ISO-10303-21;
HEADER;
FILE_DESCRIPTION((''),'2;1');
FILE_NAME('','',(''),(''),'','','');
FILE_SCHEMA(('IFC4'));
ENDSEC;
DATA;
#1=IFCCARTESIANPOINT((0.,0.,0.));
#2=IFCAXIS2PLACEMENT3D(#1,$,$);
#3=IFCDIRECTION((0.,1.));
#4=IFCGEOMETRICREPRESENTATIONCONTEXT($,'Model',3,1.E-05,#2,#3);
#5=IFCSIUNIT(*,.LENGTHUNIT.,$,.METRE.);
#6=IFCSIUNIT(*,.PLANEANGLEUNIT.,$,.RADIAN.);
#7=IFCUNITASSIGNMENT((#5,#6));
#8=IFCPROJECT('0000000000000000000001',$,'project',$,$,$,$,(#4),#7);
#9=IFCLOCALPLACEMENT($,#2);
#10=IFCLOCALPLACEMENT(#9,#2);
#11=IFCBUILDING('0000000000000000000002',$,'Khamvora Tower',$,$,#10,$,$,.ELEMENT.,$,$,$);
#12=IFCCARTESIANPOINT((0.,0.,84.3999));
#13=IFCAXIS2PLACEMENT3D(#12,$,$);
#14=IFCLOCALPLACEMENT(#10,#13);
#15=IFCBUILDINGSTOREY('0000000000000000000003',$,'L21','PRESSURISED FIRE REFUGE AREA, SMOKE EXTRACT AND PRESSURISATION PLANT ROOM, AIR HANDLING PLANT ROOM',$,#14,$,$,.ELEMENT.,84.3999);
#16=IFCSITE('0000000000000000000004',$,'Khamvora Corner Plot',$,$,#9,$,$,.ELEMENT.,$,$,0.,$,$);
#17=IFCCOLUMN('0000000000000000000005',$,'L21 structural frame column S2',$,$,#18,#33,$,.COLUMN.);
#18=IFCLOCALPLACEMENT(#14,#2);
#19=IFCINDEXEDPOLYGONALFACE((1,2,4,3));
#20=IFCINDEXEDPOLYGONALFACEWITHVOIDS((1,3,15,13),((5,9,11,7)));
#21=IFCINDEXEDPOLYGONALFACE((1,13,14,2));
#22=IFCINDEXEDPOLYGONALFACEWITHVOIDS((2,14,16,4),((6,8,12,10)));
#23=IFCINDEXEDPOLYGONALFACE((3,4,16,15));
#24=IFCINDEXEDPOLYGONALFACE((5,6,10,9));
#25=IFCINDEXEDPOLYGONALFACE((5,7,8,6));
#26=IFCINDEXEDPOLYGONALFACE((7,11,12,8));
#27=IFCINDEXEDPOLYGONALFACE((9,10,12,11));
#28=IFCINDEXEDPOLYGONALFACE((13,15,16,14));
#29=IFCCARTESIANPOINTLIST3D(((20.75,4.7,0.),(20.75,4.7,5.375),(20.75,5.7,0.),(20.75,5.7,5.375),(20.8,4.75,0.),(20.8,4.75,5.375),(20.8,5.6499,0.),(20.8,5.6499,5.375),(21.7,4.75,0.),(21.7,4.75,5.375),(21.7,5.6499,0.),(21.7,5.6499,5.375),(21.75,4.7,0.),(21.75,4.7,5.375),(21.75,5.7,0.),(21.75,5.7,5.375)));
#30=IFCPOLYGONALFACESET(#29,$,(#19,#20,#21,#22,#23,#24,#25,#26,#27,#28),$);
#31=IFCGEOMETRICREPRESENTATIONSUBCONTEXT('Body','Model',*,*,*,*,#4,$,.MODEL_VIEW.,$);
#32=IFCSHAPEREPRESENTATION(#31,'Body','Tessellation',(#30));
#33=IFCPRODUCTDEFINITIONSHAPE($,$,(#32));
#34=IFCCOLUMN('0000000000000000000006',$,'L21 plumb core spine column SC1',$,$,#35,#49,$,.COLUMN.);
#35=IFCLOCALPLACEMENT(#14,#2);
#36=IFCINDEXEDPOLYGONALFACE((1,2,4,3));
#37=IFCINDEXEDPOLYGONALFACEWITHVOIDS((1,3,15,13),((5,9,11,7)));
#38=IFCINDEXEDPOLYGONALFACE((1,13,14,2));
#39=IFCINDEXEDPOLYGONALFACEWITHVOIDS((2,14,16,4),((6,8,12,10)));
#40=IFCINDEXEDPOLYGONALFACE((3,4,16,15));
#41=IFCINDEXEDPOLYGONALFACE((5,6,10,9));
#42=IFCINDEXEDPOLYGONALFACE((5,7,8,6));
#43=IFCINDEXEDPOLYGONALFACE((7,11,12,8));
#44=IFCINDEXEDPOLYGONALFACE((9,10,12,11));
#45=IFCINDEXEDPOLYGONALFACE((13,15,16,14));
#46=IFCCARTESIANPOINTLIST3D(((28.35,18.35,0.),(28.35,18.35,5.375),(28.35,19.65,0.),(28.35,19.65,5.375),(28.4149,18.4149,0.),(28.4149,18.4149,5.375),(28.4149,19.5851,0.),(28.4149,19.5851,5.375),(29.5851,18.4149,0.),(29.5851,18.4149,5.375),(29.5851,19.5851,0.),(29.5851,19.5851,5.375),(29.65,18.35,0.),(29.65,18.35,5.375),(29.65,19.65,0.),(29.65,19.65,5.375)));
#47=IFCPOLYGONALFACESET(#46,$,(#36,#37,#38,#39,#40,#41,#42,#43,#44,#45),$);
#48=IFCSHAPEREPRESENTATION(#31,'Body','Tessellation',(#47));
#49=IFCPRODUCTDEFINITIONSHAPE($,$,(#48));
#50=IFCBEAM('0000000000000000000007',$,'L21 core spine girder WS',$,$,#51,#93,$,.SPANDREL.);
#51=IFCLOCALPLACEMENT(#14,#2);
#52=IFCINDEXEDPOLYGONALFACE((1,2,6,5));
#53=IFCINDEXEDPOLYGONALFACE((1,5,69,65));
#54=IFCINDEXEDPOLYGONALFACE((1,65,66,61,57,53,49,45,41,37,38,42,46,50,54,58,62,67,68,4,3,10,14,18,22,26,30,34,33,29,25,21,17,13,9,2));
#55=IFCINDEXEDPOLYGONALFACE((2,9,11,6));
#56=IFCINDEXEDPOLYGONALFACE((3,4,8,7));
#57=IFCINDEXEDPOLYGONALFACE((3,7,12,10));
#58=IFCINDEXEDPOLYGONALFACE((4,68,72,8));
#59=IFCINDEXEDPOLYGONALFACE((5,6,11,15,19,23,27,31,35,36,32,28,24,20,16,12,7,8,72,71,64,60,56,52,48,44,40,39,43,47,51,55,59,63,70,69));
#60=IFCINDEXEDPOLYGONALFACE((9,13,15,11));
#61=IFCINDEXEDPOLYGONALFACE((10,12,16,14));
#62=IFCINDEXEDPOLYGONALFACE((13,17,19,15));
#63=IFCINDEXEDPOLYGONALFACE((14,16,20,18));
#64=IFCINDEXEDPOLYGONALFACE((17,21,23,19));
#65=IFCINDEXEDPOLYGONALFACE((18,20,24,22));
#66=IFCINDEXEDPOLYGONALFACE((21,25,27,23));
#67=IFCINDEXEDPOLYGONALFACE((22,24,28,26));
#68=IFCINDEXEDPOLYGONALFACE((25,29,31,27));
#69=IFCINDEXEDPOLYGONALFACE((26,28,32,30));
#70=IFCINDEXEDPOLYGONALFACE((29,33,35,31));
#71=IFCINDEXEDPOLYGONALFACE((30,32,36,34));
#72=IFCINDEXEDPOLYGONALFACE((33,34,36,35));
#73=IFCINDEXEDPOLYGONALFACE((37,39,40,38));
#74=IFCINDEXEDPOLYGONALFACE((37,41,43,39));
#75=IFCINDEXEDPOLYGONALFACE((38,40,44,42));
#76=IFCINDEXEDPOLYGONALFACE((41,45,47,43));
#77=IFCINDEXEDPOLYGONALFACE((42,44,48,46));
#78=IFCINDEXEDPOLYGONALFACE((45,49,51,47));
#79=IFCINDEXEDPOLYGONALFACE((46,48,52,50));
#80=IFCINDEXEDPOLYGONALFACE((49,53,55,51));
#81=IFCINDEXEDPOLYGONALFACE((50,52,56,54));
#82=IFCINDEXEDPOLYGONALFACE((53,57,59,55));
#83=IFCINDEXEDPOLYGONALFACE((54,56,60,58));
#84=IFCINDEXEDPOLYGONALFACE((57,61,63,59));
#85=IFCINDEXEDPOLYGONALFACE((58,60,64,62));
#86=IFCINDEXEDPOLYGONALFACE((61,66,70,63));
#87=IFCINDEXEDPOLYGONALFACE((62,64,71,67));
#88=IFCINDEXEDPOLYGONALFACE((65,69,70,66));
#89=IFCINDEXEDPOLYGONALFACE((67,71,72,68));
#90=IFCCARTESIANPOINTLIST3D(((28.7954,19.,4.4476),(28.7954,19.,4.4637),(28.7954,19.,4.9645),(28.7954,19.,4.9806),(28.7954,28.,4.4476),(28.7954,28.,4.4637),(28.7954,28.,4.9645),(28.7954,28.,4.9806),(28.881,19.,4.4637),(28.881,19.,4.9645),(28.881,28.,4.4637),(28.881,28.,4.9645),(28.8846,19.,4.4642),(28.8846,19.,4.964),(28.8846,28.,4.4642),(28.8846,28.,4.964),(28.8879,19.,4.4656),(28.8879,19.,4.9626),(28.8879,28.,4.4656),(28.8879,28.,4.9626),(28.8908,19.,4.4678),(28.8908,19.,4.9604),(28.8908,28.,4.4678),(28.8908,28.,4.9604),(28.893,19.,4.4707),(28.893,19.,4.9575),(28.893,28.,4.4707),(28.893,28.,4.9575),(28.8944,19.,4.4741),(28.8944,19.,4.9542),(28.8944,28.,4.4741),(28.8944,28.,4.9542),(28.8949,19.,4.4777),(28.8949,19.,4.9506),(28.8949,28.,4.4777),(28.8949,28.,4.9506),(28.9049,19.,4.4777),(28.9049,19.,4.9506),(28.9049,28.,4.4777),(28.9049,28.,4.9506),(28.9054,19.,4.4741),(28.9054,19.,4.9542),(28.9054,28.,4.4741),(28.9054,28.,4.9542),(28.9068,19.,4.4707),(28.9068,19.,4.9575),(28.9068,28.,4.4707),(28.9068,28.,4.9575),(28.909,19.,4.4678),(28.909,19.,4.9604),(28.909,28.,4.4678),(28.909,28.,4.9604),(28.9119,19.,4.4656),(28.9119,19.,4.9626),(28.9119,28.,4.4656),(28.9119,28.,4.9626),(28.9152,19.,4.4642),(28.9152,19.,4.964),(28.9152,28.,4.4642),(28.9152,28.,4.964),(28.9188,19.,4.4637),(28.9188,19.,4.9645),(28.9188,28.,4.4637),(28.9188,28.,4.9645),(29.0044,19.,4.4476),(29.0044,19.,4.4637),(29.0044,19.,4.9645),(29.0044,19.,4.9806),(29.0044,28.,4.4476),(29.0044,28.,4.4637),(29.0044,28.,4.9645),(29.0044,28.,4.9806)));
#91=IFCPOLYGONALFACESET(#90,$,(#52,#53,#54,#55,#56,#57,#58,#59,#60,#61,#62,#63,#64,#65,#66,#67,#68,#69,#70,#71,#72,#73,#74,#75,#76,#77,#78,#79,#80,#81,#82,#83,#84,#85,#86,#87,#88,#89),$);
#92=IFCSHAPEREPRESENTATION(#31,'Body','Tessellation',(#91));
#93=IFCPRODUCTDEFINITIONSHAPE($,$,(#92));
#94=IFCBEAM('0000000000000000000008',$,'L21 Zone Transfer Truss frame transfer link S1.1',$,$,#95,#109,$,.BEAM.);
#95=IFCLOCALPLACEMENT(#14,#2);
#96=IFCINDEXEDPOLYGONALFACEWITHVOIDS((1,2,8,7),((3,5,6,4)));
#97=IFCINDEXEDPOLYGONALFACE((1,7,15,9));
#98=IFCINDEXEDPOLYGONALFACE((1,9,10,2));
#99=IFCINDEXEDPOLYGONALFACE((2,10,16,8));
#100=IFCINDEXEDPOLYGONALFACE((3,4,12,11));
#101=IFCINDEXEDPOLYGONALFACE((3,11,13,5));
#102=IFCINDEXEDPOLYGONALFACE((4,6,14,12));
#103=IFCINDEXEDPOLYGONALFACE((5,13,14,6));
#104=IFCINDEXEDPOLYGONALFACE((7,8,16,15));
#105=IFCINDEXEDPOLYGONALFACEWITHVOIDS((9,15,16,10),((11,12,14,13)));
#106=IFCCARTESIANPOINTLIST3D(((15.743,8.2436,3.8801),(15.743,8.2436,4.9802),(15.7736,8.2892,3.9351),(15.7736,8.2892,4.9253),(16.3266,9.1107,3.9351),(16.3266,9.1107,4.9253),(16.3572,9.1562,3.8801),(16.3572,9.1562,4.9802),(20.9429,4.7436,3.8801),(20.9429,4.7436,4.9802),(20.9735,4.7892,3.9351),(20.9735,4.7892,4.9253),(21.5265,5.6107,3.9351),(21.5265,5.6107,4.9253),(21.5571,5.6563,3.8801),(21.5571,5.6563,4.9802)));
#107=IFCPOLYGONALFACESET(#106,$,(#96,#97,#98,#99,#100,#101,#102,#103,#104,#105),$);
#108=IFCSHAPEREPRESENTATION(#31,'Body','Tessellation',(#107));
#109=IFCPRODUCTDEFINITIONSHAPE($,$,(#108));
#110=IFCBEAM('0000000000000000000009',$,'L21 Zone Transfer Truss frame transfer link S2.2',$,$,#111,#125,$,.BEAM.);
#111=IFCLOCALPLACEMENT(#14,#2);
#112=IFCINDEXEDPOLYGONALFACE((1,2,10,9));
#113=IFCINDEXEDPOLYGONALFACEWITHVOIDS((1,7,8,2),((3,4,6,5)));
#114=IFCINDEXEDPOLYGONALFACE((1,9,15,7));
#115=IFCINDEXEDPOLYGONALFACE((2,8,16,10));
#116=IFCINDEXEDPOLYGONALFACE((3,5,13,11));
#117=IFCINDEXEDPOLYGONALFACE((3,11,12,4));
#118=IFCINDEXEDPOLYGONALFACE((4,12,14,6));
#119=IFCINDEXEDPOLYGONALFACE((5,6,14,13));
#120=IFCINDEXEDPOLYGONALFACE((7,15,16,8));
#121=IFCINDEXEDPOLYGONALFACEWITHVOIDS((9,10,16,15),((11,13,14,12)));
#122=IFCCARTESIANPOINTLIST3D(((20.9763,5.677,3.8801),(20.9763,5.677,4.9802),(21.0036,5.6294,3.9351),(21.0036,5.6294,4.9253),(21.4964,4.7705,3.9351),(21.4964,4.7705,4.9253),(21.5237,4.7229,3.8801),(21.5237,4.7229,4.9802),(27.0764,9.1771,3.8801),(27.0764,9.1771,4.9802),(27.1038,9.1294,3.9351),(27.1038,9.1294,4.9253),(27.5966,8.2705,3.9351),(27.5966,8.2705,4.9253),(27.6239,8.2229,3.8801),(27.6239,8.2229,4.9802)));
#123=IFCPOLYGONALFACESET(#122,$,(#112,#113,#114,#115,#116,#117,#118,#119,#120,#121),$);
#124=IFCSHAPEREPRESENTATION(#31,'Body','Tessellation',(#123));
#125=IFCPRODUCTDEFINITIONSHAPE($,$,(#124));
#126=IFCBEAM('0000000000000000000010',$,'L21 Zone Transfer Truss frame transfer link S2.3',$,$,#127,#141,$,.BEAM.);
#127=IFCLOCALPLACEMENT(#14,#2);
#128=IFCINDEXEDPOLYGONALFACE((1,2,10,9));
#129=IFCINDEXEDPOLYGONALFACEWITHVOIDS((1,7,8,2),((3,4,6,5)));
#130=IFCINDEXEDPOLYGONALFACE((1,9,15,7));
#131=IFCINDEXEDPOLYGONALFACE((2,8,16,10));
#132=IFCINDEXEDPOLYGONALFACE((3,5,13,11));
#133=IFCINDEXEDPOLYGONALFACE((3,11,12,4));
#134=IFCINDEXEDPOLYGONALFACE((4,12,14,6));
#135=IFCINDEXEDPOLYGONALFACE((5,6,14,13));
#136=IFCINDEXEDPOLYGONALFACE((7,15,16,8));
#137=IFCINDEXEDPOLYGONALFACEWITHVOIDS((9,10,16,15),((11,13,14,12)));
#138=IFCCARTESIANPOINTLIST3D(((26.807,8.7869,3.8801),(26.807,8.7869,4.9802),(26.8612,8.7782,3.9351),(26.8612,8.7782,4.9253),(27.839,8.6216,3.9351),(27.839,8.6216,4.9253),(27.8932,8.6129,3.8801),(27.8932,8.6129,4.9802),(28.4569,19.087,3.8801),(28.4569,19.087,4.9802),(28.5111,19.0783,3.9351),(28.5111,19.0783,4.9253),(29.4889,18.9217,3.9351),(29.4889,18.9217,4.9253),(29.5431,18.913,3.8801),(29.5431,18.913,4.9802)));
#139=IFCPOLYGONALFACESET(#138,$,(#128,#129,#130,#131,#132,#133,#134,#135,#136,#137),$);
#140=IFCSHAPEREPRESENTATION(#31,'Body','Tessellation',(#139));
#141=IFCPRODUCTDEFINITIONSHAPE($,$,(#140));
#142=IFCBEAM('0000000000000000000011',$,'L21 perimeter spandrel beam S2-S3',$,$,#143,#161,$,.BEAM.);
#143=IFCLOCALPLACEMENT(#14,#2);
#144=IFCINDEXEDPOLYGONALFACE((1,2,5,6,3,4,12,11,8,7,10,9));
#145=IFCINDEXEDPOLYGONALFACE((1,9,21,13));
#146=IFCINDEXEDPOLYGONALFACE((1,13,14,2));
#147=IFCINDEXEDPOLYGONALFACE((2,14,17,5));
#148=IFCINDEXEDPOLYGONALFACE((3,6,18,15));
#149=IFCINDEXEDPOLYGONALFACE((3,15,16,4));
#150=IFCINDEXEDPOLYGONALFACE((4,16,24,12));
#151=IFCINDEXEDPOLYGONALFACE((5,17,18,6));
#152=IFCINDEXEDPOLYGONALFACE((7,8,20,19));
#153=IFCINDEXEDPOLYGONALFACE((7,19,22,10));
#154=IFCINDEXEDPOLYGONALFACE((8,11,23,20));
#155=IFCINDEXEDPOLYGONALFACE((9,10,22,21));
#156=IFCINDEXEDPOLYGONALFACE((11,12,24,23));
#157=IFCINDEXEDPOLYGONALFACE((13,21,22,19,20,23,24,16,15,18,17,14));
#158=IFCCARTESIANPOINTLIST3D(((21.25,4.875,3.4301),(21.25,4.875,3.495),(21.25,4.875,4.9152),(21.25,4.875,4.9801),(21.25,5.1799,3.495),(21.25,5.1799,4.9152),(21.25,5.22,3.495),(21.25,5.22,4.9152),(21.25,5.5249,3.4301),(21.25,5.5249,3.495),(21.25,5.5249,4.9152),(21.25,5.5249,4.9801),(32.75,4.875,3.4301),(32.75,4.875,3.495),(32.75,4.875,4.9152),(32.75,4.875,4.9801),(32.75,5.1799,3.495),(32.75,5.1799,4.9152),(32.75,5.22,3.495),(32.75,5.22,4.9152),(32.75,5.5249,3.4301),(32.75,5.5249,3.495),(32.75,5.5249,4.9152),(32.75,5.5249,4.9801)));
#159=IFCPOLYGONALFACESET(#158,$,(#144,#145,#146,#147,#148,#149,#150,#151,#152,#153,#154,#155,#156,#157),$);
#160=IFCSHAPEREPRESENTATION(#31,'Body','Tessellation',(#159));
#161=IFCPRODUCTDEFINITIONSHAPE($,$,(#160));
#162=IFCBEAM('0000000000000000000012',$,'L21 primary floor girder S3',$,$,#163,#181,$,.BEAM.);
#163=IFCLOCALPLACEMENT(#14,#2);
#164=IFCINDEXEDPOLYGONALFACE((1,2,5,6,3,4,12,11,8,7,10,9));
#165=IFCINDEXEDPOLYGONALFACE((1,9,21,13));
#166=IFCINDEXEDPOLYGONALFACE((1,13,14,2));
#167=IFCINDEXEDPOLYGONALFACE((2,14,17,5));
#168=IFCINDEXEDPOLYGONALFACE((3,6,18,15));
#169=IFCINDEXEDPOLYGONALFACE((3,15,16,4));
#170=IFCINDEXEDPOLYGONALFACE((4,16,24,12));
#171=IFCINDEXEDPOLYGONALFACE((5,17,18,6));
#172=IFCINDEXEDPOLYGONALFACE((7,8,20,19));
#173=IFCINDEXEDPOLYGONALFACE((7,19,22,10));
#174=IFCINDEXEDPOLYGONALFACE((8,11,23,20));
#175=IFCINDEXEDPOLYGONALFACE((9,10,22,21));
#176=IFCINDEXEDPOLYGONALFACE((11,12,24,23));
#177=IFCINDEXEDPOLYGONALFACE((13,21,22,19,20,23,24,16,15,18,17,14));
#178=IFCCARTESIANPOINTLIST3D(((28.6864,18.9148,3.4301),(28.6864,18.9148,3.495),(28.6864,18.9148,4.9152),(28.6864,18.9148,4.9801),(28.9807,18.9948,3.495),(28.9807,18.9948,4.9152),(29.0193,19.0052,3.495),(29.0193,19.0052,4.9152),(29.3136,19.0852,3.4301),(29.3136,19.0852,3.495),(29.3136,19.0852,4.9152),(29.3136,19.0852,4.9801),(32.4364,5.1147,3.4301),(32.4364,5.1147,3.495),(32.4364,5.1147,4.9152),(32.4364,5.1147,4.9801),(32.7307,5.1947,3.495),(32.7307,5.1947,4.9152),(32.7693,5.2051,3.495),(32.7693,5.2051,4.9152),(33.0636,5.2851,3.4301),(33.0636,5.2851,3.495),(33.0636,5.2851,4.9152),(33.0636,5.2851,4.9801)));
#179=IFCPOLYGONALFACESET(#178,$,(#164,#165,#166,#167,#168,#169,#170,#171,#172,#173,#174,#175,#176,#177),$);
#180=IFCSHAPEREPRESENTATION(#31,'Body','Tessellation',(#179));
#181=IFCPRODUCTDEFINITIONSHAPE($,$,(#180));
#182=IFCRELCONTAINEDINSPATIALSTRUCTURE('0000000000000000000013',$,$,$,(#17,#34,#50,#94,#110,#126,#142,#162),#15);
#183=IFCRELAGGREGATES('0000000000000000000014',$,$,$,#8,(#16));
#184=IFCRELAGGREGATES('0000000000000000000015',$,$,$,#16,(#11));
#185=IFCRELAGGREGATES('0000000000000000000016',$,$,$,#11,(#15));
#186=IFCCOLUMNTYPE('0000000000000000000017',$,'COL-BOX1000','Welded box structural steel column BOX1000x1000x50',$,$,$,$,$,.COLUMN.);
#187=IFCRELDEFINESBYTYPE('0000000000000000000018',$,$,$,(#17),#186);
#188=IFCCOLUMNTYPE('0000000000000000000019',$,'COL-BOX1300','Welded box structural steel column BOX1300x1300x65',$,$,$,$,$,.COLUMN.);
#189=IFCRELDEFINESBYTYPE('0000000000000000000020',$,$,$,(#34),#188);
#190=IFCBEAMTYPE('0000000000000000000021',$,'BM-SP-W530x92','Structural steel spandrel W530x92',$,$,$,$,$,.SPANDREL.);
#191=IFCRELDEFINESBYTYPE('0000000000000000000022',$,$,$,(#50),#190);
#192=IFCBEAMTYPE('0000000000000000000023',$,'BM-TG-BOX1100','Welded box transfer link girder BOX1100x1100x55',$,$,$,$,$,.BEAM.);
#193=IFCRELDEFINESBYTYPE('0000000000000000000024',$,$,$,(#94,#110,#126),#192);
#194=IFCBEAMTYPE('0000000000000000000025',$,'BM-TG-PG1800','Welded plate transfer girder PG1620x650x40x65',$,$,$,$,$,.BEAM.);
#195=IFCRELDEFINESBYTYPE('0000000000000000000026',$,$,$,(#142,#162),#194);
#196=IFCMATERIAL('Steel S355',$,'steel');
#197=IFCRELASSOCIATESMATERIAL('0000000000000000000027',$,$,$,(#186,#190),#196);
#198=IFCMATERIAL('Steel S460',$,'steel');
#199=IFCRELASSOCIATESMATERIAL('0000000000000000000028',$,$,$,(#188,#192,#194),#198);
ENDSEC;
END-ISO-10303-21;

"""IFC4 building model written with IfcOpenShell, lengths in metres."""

from ifc_helpers import new_model, si_unit, direction, frame, origin, origin_2d, place, context, subcontext, project, spatial, hollow_rectangle, i_section, extrude, material, material_profile, profile_set, type_object, element, save


model = new_model("IFC4")

# Units and contexts
model_context = context("Model", 3, precision=1e-05, world=origin(), true_north=direction((0.0, 1.0)))
body_context = subcontext(model_context, "Body", "Model", "MODEL_VIEW")
ifc_project = project(units=[si_unit("LENGTHUNIT", "METRE"), si_unit("PLANEANGLEUNIT", "RADIAN")], contexts=[model_context])

# Site, building, storey
site_placement = place(None, origin())
site = spatial("IfcSite", under=ifc_project, at=site_placement, Name="Khamvora Corner Plot", CompositionType="ELEMENT", RefElevation=0.0)
building_placement = place(site_placement, origin())
building = spatial("IfcBuilding", under=site, at=building_placement, Name="Khamvora Tower", CompositionType="ELEMENT")
storey_placement = place(building_placement, frame((0.0, 0.0, 84.3999)))
storey = spatial("IfcBuildingStorey", under=building, at=storey_placement, Name="L21", Description="PRESSURISED FIRE REFUGE AREA, SMOKE EXTRACT AND PRESSURISATION PLANT ROOM, AIR HANDLING PLANT ROOM", CompositionType="ELEMENT", Elevation=84.3999)

# Columns
ifc_material_1 = material(Name="Steel S355", Category="steel")
ifc_material_profile_1 = material_profile(ifc_material_1, hollow_rectangle(XDim=1.0, YDim=1.0, WallThickness=0.05, at=origin_2d()), Name="BOX1000x1000x50")
ifc_profile_set_1 = profile_set([ifc_material_profile_1], Name="Steel S355")
column_type_1 = type_object("IfcColumnType", Name="COL-BOX1000", Description="Welded box structural steel column BOX1000x1000x50", PredefinedType="COLUMN", material=ifc_profile_set_1)
column_1_placement = place(storey_placement, frame((21.25, 5.2, 0.0), z_axis=(0.0, 0.0, 1.0), x_axis=(1.0, 0.0, 0.0)))
element("IfcColumn", 1, at=column_1_placement, inside=storey, type_object=column_type_1, Name="L21 structural frame column S2", PredefinedType="COLUMN", context=body_context, shape_type="SweptSolid", body=[
    extrude(hollow_rectangle(XDim=1.0, YDim=1.0, WallThickness=0.05, at=origin_2d()), origin(), (0.0, 0.0, 1.0), 5.375),
])
ifc_material_2 = material(Name="Steel S460", Category="steel")
ifc_material_profile_2 = material_profile(ifc_material_2, hollow_rectangle(XDim=1.3, YDim=1.3, WallThickness=0.0649, at=origin_2d()), Name="BOX1300x1300x65")
ifc_profile_set_2 = profile_set([ifc_material_profile_2], Name="Steel S460")
column_type_2 = type_object("IfcColumnType", Name="COL-BOX1300", Description="Welded box structural steel column BOX1300x1300x65", PredefinedType="COLUMN", material=ifc_profile_set_2)
column_2_placement = place(storey_placement, frame((29.0, 19.0, 0.0), z_axis=(0.0, 0.0, 1.0), x_axis=(1.0, 0.0, 0.0)))
element("IfcColumn", 2, at=column_2_placement, inside=storey, type_object=column_type_2, Name="L21 plumb core spine column SC1", PredefinedType="COLUMN", context=body_context, shape_type="SweptSolid", body=[
    extrude(hollow_rectangle(XDim=1.3, YDim=1.3, WallThickness=0.0649, at=origin_2d()), origin(), (0.0, 0.0, 1.0), 5.375),
])

# Beams
ifc_material_profile_3 = material_profile(ifc_material_1, i_section(OverallWidth=0.209, OverallDepth=0.533, WebThickness=0.01, FlangeThickness=0.0161, FilletRadius=0.0139, at=origin_2d()), Name="W530x92")
ifc_profile_set_3 = profile_set([ifc_material_profile_3], Name="Steel S355")
beam_type_1 = type_object("IfcBeamType", Name="BM-SP-W530x92", Description="Structural steel spandrel W530x92", PredefinedType="SPANDREL", material=ifc_profile_set_3)
beam_1_placement = place(storey_placement, frame((28.8999, 19.0, 4.7141), z_axis=(0.0, 1.0, 0.0), x_axis=(-1.0, 0.0, 0.0)))
element("IfcBeam", 3, at=beam_1_placement, inside=storey, type_object=beam_type_1, Name="L21 core spine girder WS", PredefinedType="SPANDREL", context=body_context, shape_type="SweptSolid", body=[
    extrude(i_section(OverallWidth=0.209, OverallDepth=0.533, WebThickness=0.01, FlangeThickness=0.0161, FilletRadius=0.0139, at=origin_2d()), origin(), (0.0, 0.0, 1.0), 9.0),
])
ifc_material_profile_4 = material_profile(ifc_material_2, hollow_rectangle(XDim=1.1001, YDim=1.1001, WallThickness=0.0549, at=origin_2d()), Name="BOX1100x1100x55")
ifc_profile_set_4 = profile_set([ifc_material_profile_4], Name="Steel S460")
beam_type_2 = type_object("IfcBeamType", Name="BM-TG-BOX1100", Description="Welded box transfer link girder BOX1100x1100x55", PredefinedType="BEAM", material=ifc_profile_set_4)
beam_2_placement = place(storey_placement, frame((21.25, 5.2, 4.4302), z_axis=(-0.829585, 0.55838, 0.0), x_axis=(-0.55838, -0.829585, 0.0)))
element("IfcBeam", 4, at=beam_2_placement, inside=storey, type_object=beam_type_2, Name="L21 Zone Transfer Truss frame transfer link S1.1", PredefinedType="BEAM", context=body_context, shape_type="SweptSolid", body=[
    extrude(hollow_rectangle(XDim=1.1001, YDim=1.1001, WallThickness=0.0549, at=origin_2d()), origin(), (0.0, 0.0, 1.0), 6.2681),
])
beam_3_placement = place(storey_placement, frame((21.25, 5.2, 4.4302), z_axis=(0.86737, 0.497663, 0.0), x_axis=(-0.497663, 0.86737, 0.0)))
element("IfcBeam", 5, at=beam_3_placement, inside=storey, type_object=beam_type_2, Name="L21 Zone Transfer Truss frame transfer link S2.2", PredefinedType="BEAM", context=body_context, shape_type="SweptSolid", body=[
    extrude(hollow_rectangle(XDim=1.1001, YDim=1.1001, WallThickness=0.0549, at=origin_2d()), origin(), (0.0, 0.0, 1.0), 7.033),
])
beam_4_placement = place(storey_placement, frame((29.0, 19.0, 4.4302), z_axis=(-0.158168, -0.987412, 0.0), x_axis=(0.987412, -0.158168, 0.0)))
element("IfcBeam", 6, at=beam_4_placement, inside=storey, type_object=beam_type_2, Name="L21 Zone Transfer Truss frame transfer link S2.3", PredefinedType="BEAM", context=body_context, shape_type="SweptSolid", body=[
    extrude(hollow_rectangle(XDim=1.1001, YDim=1.1001, WallThickness=0.0549, at=origin_2d()), origin(), (0.0, 0.0, 1.0), 10.4314),
])
ifc_material_profile_5 = material_profile(ifc_material_2, i_section(OverallWidth=0.6499, OverallDepth=1.55, WebThickness=0.04, FlangeThickness=0.0649, at=origin_2d()), Name="PG1550x650x40x65")
ifc_profile_set_5 = profile_set([ifc_material_profile_5], Name="Steel S460")
beam_type_3 = type_object("IfcBeamType", Name="BM-TG-PG1800", Description="Welded plate transfer girder PG1620x650x40x65", PredefinedType="BEAM", material=ifc_profile_set_5)
beam_5_placement = place(storey_placement, frame((21.25, 5.2, 4.2051), z_axis=(1.0, 0.0, 0.0), x_axis=(0.0, 1.0, 0.0)))
element("IfcBeam", 7, at=beam_5_placement, inside=storey, type_object=beam_type_3, Name="L21 perimeter spandrel beam S2-S3", PredefinedType="BEAM", context=body_context, shape_type="SweptSolid", body=[
    extrude(i_section(OverallWidth=0.6499, OverallDepth=1.55, WebThickness=0.04, FlangeThickness=0.0649, at=origin_2d()), origin(), (0.0, 0.0, 1.0), 11.5),
])
beam_6_placement = place(storey_placement, frame((29.0, 19.0, 4.2051), z_axis=(0.262229, -0.965006, 0.0), x_axis=(0.965006, 0.262229, 0.0)))
element("IfcBeam", 8, at=beam_6_placement, inside=storey, type_object=beam_type_3, Name="L21 primary floor girder S3", PredefinedType="BEAM", context=body_context, shape_type="SweptSolid", body=[
    extrude(i_section(OverallWidth=0.6499, OverallDepth=1.55, WebThickness=0.04, FlangeThickness=0.0649, at=origin_2d()), origin(), (0.0, 0.0, 1.0), 14.3005),
])

save(model, "model.ifc")
